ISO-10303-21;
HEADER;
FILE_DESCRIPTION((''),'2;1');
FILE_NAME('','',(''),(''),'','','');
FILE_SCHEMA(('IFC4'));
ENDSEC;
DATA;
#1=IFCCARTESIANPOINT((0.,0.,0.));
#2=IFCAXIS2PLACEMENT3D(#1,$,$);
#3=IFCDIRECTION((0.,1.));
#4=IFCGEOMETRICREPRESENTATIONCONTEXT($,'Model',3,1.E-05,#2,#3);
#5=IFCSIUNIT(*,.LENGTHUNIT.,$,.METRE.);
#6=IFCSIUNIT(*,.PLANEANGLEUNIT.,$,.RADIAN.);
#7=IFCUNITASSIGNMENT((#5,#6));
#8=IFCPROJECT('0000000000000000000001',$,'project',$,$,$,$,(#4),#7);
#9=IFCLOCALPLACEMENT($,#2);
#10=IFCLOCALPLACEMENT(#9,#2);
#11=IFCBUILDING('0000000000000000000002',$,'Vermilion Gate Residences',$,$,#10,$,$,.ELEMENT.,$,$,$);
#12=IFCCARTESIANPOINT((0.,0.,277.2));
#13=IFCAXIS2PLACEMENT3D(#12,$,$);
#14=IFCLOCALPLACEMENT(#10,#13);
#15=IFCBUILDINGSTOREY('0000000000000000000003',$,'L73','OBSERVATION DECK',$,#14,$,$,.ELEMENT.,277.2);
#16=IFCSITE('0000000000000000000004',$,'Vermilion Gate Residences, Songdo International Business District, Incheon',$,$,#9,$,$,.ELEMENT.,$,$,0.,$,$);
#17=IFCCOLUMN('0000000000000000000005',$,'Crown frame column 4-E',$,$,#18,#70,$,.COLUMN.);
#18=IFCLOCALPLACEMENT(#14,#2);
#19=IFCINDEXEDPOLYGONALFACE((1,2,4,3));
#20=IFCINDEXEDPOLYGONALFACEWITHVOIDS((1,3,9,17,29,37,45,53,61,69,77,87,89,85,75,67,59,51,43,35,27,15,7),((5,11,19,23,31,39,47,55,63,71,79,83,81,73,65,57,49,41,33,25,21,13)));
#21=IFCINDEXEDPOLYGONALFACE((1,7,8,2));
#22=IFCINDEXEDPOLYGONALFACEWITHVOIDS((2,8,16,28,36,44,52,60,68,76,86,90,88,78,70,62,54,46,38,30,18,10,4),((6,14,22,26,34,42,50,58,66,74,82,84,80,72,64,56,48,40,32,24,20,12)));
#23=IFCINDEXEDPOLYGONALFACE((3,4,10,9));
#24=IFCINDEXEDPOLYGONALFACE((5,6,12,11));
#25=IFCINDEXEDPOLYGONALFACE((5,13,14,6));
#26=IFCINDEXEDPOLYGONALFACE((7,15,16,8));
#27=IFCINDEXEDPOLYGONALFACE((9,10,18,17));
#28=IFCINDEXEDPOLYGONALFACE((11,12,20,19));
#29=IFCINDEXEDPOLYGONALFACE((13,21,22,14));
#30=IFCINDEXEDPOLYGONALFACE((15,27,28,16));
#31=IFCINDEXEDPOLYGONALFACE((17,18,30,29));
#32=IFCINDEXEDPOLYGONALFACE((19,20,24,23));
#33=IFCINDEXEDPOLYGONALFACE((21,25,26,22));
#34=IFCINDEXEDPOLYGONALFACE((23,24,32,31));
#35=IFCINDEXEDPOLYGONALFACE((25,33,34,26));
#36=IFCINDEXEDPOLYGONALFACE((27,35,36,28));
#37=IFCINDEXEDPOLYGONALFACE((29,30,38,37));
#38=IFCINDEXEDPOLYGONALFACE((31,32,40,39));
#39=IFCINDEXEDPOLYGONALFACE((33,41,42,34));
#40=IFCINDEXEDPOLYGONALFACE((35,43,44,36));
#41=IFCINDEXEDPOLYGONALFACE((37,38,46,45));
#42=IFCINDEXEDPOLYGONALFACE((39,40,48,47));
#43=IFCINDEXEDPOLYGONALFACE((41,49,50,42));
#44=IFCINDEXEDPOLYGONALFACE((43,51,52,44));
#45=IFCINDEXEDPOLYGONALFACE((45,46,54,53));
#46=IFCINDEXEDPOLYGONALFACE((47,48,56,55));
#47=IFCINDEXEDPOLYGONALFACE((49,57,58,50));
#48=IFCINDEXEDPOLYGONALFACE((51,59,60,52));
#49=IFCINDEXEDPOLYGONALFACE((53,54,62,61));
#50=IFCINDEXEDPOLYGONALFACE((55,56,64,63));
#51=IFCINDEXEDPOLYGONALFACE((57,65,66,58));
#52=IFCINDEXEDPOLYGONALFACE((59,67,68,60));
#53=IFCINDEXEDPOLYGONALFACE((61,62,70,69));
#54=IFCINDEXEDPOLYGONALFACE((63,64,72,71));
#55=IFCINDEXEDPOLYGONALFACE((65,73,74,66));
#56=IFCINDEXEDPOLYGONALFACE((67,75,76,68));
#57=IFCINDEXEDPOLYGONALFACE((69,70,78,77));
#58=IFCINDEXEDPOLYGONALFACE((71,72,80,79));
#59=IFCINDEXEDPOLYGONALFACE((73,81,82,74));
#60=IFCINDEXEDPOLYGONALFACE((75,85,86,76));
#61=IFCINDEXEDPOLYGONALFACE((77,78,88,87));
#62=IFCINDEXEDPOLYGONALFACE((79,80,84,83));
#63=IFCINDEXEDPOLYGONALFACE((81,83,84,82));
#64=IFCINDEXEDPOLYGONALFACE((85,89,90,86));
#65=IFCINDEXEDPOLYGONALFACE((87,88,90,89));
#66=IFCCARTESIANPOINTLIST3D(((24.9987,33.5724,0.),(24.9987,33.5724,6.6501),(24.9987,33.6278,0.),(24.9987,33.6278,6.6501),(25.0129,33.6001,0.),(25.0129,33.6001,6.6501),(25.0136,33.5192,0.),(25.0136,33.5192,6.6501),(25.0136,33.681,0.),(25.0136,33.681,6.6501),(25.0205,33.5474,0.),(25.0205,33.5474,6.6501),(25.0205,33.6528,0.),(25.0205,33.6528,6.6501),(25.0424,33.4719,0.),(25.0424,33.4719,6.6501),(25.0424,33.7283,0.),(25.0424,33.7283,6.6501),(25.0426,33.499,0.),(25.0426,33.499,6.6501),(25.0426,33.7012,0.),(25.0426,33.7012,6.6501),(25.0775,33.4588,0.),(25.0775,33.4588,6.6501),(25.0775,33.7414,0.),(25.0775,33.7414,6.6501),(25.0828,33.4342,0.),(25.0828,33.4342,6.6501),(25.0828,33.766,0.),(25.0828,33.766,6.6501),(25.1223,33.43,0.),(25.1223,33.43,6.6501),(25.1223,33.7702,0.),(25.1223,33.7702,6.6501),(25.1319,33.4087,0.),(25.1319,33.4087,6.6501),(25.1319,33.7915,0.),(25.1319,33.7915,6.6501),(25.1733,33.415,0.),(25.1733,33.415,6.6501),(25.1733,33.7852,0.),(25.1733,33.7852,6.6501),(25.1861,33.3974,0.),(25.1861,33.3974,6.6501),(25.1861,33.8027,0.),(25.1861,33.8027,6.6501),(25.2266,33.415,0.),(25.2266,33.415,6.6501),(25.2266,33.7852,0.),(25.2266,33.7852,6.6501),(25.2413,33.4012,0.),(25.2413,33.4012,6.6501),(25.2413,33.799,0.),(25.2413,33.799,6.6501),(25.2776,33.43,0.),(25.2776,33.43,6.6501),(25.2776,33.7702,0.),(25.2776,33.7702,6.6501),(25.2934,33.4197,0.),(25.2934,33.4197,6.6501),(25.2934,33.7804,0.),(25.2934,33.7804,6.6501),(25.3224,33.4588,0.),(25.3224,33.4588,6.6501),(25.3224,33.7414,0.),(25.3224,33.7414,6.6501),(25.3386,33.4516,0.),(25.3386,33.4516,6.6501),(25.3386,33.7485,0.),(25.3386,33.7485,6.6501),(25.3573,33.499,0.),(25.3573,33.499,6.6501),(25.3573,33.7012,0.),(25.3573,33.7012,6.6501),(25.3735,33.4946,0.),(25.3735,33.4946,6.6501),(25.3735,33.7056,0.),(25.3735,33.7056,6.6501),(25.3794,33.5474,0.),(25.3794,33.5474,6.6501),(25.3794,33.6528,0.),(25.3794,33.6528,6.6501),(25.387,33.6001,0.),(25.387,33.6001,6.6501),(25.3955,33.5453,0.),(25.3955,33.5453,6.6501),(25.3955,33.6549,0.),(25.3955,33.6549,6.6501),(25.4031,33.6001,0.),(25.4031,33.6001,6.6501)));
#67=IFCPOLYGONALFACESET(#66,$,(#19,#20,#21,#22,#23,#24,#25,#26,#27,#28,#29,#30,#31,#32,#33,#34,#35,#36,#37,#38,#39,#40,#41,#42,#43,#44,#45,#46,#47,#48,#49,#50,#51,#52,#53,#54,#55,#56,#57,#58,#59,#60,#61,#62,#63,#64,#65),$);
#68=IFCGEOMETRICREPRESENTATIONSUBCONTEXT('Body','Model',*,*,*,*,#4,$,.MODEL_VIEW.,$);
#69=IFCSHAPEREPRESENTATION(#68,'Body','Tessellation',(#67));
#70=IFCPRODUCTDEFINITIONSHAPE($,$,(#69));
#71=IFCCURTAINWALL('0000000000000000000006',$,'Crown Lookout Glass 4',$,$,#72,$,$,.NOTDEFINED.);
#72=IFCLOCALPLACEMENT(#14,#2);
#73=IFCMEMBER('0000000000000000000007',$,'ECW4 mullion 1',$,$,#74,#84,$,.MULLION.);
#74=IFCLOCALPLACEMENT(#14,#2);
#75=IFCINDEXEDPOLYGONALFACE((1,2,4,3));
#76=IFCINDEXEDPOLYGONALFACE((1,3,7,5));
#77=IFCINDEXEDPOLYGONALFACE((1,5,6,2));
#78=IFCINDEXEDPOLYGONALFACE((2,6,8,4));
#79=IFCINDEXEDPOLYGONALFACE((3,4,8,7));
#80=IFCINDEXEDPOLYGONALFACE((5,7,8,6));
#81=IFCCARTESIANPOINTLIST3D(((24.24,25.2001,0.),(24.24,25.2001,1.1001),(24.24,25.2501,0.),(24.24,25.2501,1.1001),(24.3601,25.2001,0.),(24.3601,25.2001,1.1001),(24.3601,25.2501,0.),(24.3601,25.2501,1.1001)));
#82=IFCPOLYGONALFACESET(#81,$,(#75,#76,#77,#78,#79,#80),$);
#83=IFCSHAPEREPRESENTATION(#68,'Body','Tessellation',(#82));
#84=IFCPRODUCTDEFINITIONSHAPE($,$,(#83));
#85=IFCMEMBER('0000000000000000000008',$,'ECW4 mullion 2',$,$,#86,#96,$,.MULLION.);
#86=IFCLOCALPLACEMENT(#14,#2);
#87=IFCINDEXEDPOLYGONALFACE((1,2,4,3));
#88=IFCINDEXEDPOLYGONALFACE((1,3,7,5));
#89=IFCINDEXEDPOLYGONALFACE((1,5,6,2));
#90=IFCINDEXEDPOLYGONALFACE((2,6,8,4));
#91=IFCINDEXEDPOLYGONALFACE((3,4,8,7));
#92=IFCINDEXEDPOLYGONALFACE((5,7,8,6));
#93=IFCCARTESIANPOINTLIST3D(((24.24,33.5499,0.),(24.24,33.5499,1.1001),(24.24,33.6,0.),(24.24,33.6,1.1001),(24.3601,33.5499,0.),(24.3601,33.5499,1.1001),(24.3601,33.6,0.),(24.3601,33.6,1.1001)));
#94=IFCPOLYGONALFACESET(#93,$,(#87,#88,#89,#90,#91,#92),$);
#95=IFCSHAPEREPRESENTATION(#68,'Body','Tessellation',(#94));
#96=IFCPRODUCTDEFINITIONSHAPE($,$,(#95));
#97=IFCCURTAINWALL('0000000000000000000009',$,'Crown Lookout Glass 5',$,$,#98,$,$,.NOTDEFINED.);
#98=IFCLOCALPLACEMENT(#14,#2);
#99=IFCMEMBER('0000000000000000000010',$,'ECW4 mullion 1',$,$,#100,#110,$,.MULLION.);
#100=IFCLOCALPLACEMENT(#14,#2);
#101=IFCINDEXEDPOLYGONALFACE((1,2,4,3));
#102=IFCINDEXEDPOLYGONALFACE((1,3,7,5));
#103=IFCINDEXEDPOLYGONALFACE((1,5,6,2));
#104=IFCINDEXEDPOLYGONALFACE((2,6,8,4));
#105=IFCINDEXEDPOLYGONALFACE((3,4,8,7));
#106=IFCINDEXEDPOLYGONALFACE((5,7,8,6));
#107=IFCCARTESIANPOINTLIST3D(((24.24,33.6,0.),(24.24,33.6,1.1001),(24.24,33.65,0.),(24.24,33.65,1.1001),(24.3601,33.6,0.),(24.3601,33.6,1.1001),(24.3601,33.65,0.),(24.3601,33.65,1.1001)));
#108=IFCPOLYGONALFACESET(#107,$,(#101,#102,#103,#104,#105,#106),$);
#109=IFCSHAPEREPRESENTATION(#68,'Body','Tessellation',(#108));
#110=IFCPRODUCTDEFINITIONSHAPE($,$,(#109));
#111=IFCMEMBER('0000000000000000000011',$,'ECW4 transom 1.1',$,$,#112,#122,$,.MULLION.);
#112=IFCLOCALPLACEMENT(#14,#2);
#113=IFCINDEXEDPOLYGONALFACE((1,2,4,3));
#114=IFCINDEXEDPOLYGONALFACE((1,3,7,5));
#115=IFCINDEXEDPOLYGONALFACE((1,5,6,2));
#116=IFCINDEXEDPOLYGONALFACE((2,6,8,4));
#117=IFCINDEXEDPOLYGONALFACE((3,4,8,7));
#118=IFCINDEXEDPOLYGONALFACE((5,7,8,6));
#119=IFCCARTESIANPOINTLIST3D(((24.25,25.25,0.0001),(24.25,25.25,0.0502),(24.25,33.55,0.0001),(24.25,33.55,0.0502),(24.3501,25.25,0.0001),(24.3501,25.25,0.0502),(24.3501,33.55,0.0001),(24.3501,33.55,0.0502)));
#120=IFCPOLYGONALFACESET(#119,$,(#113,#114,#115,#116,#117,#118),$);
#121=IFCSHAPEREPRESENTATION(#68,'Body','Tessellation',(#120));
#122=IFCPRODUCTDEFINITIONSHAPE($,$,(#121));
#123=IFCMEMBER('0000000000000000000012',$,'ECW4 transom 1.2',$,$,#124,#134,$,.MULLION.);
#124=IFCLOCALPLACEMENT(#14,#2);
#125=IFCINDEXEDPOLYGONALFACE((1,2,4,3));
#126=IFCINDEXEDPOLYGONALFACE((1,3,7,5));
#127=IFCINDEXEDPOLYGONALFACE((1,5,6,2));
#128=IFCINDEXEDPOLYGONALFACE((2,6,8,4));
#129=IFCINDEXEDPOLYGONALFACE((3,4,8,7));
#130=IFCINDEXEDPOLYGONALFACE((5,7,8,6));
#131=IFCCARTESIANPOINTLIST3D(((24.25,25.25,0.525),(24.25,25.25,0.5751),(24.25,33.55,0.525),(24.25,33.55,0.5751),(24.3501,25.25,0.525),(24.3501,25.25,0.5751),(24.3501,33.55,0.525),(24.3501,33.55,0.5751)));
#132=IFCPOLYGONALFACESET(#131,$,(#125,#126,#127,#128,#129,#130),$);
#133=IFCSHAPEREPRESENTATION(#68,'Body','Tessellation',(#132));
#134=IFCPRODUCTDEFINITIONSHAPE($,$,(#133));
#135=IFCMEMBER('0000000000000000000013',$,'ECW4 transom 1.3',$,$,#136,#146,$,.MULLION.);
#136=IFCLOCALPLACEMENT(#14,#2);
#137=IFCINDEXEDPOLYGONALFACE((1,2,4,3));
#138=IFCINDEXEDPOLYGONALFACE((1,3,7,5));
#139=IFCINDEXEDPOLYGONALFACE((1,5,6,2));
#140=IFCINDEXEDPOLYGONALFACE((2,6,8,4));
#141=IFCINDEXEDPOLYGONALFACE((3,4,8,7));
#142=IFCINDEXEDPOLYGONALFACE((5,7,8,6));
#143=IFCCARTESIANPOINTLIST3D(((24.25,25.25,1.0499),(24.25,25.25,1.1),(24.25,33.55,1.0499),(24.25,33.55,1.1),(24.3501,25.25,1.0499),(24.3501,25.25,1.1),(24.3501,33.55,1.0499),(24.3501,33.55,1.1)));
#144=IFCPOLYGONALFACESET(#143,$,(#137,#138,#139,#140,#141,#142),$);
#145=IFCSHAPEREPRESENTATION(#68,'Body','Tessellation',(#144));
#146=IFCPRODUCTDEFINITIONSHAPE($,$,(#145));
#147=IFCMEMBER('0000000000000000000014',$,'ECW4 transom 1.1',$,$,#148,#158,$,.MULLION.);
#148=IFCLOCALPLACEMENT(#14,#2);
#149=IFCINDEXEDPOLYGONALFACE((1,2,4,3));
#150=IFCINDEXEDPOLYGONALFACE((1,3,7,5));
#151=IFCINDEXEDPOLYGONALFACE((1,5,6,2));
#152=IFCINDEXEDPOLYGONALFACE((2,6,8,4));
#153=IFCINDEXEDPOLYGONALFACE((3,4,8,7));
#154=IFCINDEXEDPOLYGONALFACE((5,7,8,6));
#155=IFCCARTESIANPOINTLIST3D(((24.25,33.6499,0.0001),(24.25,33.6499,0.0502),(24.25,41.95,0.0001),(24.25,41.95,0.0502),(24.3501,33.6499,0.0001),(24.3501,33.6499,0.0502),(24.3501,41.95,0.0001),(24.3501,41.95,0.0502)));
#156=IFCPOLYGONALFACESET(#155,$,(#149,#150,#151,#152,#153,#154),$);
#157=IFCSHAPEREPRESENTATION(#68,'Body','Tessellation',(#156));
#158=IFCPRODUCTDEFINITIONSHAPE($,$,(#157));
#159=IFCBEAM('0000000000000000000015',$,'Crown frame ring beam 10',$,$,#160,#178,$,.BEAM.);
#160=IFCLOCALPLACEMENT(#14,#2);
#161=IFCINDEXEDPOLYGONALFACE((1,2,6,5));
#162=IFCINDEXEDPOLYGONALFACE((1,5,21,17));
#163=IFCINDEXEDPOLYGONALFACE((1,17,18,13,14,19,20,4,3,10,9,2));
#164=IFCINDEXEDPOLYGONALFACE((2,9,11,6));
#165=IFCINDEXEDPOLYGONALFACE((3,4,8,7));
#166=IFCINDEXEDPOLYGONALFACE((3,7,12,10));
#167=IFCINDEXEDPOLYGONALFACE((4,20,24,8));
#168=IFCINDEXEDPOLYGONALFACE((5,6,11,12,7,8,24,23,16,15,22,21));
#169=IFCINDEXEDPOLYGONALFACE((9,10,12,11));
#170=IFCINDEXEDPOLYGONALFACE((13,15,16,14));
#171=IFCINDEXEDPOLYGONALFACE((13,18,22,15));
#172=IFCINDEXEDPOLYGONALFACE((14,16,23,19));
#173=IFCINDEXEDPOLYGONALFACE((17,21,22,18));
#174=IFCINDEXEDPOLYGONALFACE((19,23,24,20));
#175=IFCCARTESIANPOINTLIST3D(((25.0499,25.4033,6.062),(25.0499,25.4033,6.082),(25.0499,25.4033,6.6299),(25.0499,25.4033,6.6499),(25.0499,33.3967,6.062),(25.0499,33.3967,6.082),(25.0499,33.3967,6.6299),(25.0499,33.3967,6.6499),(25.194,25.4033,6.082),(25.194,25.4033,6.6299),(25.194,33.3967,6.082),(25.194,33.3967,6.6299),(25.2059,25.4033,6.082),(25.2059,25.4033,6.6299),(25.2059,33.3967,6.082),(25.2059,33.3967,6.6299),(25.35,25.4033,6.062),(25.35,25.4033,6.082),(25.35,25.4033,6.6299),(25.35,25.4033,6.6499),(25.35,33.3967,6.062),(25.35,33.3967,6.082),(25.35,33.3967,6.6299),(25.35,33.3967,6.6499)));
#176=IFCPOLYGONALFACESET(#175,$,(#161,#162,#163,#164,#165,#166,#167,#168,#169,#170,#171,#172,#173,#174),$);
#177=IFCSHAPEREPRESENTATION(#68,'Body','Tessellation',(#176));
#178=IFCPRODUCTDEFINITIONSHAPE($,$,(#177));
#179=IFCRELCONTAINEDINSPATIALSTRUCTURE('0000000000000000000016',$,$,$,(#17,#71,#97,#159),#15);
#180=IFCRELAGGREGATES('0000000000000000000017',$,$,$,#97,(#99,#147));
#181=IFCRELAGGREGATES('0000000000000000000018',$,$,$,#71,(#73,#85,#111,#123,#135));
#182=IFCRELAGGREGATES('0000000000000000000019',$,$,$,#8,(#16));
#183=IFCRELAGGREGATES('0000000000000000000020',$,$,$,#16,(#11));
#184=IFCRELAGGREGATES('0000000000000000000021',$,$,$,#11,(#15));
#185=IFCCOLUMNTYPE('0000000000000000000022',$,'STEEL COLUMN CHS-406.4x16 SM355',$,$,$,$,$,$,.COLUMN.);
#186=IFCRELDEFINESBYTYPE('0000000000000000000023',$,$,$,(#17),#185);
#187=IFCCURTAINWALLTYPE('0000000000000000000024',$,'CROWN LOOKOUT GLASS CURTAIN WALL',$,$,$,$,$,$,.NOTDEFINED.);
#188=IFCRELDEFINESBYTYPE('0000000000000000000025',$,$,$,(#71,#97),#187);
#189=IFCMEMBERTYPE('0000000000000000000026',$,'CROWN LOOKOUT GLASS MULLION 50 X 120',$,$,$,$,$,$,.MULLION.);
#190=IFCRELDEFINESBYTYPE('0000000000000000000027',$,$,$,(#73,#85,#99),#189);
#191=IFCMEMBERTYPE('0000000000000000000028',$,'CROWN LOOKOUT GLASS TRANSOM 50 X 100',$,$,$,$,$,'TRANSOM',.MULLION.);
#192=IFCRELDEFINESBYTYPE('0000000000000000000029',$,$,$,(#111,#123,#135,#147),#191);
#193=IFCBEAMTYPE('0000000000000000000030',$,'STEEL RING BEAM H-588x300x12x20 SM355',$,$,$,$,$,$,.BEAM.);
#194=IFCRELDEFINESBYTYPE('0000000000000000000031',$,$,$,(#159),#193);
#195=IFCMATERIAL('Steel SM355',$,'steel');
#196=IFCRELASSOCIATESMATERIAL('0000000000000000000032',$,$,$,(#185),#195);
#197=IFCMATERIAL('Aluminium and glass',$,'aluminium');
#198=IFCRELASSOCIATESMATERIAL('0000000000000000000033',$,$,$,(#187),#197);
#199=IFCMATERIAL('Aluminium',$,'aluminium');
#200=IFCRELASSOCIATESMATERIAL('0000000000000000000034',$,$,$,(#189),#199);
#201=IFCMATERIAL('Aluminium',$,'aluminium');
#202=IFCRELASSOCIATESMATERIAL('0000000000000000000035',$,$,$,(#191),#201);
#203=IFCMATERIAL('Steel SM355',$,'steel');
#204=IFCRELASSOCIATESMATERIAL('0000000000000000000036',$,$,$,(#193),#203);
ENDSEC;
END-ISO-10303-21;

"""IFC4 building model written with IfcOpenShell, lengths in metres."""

from ifc_helpers import new_model, si_unit, direction, frame, origin, origin_2d, place, context, subcontext, project, spatial, rectangle, hollow_circle, i_section, extrude, material, material_profile, profile_set, type_object, element, aggregate, save


model = new_model("IFC4")

# Units and contexts
model_context = context("Model", 3, precision=1e-05, world=origin(), true_north=direction((0.0, 1.0)))
body_context = subcontext(model_context, "Body", "Model", "MODEL_VIEW")
ifc_project = project(units=[si_unit("LENGTHUNIT", "METRE"), si_unit("PLANEANGLEUNIT", "RADIAN")], contexts=[model_context])

# Site, building, storey
site_placement = place(None, origin())
site = spatial("IfcSite", under=ifc_project, at=site_placement, Name="Vermilion Gate Residences, Songdo International Business District, Incheon", CompositionType="ELEMENT", RefElevation=0.0)
building_placement = place(site_placement, origin())
building = spatial("IfcBuilding", under=site, at=building_placement, Name="Vermilion Gate Residences", CompositionType="ELEMENT")
storey_placement = place(building_placement, frame((0.0, 0.0, 277.2)))
storey = spatial("IfcBuildingStorey", under=building, at=storey_placement, Name="L73", Description="OBSERVATION DECK", CompositionType="ELEMENT", Elevation=277.2)

# Column
ifc_material_1 = material(Name="Steel SM355", Category="steel")
ifc_material_profile_1 = material_profile(ifc_material_1, hollow_circle(Radius=0.2031, WallThickness=0.0161, at=origin_2d()), Name="CHS-406.4x16")
ifc_profile_set_1 = profile_set([ifc_material_profile_1], Name="Steel SM355")
column_type = type_object("IfcColumnType", Name="STEEL COLUMN CHS-406.4x16 SM355", PredefinedType="COLUMN", material=ifc_profile_set_1)
column_placement = place(storey_placement, frame((25.2, 33.6001, 0.0), z_axis=(0.0, 0.0, 1.0), x_axis=(1.0, 0.0, 0.0)))
element("IfcColumn", 1, at=column_placement, inside=storey, type_object=column_type, Name="Crown frame column 4-E", PredefinedType="COLUMN", context=body_context, shape_type="SweptSolid", body=[
    extrude(hollow_circle(Radius=0.2031, WallThickness=0.0161, at=origin_2d()), origin(), (0.0, 0.0, 1.0), 6.6501),
])

# Curtain wall, members
ifc_material_2 = material(Name="Aluminium and glass", Category="aluminium")
curtain_wall_type = type_object("IfcCurtainWallType", Name="CROWN LOOKOUT GLASS CURTAIN WALL", PredefinedType="NOTDEFINED", material=ifc_material_2)
curtain_wall_1_placement = place(storey_placement, origin())
curtain_wall_1 = element("IfcCurtainWall", 2, at=curtain_wall_1_placement, inside=storey, type_object=curtain_wall_type, Name="Crown Lookout Glass 4", PredefinedType="NOTDEFINED")
ifc_material_3 = material(Name="Aluminium", Category="aluminium")
ifc_material_profile_2 = material_profile(ifc_material_3, rectangle(XDim=0.1201, YDim=0.05, at=origin_2d()), Name="MULLION 50 X 120")
ifc_profile_set_2 = profile_set([ifc_material_profile_2], Name="Aluminium")
member_type_1 = type_object("IfcMemberType", Name="CROWN LOOKOUT GLASS MULLION 50 X 120", PredefinedType="MULLION", material=ifc_profile_set_2)
member_1_placement = place(storey_placement, frame((24.3, 25.2251, 0.0), z_axis=(0.0, 0.0, 1.0), x_axis=(-1.0, 0.0, 0.0)))
member_1 = element("IfcMember", 3, at=member_1_placement, type_object=member_type_1, Name="ECW4 mullion 1", PredefinedType="MULLION", context=body_context, shape_type="SweptSolid", body=[
    extrude(rectangle(XDim=0.1201, YDim=0.05, at=origin_2d()), origin(), (0.0, 0.0, 1.0), 1.1001),
])
member_2_placement = place(storey_placement, frame((24.3, 33.575, 0.0), z_axis=(0.0, 0.0, 1.0), x_axis=(-1.0, 0.0, 0.0)))
member_2 = element("IfcMember", 4, at=member_2_placement, type_object=member_type_1, Name="ECW4 mullion 2", PredefinedType="MULLION", context=body_context, shape_type="SweptSolid", body=[
    extrude(rectangle(XDim=0.1201, YDim=0.05, at=origin_2d()), origin(), (0.0, 0.0, 1.0), 1.1001),
])

# Curtain wall, member
curtain_wall_2_placement = place(storey_placement, origin())
curtain_wall_2 = element("IfcCurtainWall", 5, at=curtain_wall_2_placement, inside=storey, type_object=curtain_wall_type, Name="Crown Lookout Glass 5", PredefinedType="NOTDEFINED")
member_3_placement = place(storey_placement, frame((24.3, 33.625, 0.0), z_axis=(0.0, 0.0, 1.0), x_axis=(-1.0, 0.0, 0.0)))
member_3 = element("IfcMember", 6, at=member_3_placement, type_object=member_type_1, Name="ECW4 mullion 1", PredefinedType="MULLION", context=body_context, shape_type="SweptSolid", body=[
    extrude(rectangle(XDim=0.1201, YDim=0.05, at=origin_2d()), origin(), (0.0, 0.0, 1.0), 1.1001),
])

# Members
ifc_material_4 = material(Name="Aluminium", Category="aluminium")
ifc_material_profile_3 = material_profile(ifc_material_4, rectangle(XDim=0.1001, YDim=0.05, at=origin_2d()), Name="TRANSOM 50 X 100")
ifc_profile_set_3 = profile_set([ifc_material_profile_3], Name="Aluminium")
member_type_2 = type_object("IfcMemberType", Name="CROWN LOOKOUT GLASS TRANSOM 50 X 100", ElementType="TRANSOM", PredefinedType="MULLION", material=ifc_profile_set_3)
member_4_placement = place(storey_placement, frame((24.3, 25.25, 0.0251), z_axis=(0.0, 1.0, 0.0), x_axis=(-1.0, 0.0, 0.0)))
member_4 = element("IfcMember", 7, at=member_4_placement, type_object=member_type_2, Name="ECW4 transom 1.1", PredefinedType="MULLION", context=body_context, shape_type="SweptSolid", body=[
    extrude(rectangle(XDim=0.1001, YDim=0.05, at=origin_2d()), origin(), (0.0, 0.0, 1.0), 8.3),
])
member_5_placement = place(storey_placement, frame((24.3, 25.25, 0.55), z_axis=(0.0, 1.0, 0.0), x_axis=(-1.0, 0.0, 0.0)))
member_5 = element("IfcMember", 8, at=member_5_placement, type_object=member_type_2, Name="ECW4 transom 1.2", PredefinedType="MULLION", context=body_context, shape_type="SweptSolid", body=[
    extrude(rectangle(XDim=0.1001, YDim=0.05, at=origin_2d()), origin(), (0.0, 0.0, 1.0), 8.3),
])
member_6_placement = place(storey_placement, frame((24.3, 25.25, 1.075), z_axis=(0.0, 1.0, 0.0), x_axis=(-1.0, 0.0, 0.0)))
member_6 = element("IfcMember", 9, at=member_6_placement, type_object=member_type_2, Name="ECW4 transom 1.3", PredefinedType="MULLION", context=body_context, shape_type="SweptSolid", body=[
    extrude(rectangle(XDim=0.1001, YDim=0.05, at=origin_2d()), origin(), (0.0, 0.0, 1.0), 8.3),
])
member_7_placement = place(storey_placement, frame((24.3, 33.6499, 0.0251), z_axis=(0.0, 1.0, 0.0), x_axis=(-1.0, 0.0, 0.0)))
member_7 = element("IfcMember", 10, at=member_7_placement, type_object=member_type_2, Name="ECW4 transom 1.1", PredefinedType="MULLION", context=body_context, shape_type="SweptSolid", body=[
    extrude(rectangle(XDim=0.1001, YDim=0.05, at=origin_2d()), origin(), (0.0, 0.0, 1.0), 8.3),
])
aggregate(curtain_wall_2, [member_3, member_7])

# Beam
ifc_material_5 = material(Name="Steel SM355", Category="steel")
ifc_material_profile_4 = material_profile(ifc_material_5, i_section(OverallWidth=0.3, OverallDepth=0.5879, WebThickness=0.012, FlangeThickness=0.02, at=origin_2d()), Name="H-588x300x12x20")
ifc_profile_set_4 = profile_set([ifc_material_profile_4], Name="Steel SM355")
beam_type = type_object("IfcBeamType", Name="STEEL RING BEAM H-588x300x12x20 SM355", PredefinedType="BEAM", material=ifc_profile_set_4)
beam_1_placement = place(storey_placement, frame((25.2, 25.4033, 6.356), z_axis=(0.0, 1.0, 0.0), x_axis=(-1.0, 0.0, 0.0)))
element("IfcBeam", 11, at=beam_1_placement, inside=storey, type_object=beam_type, Name="Crown frame ring beam 10", PredefinedType="BEAM", context=body_context, shape_type="SweptSolid", body=[
    extrude(i_section(OverallWidth=0.3, OverallDepth=0.5879, WebThickness=0.012, FlangeThickness=0.02, at=origin_2d()), origin(), (0.0, 0.0, 1.0), 7.9934),
])

aggregate(curtain_wall_1, [member_1, member_2, member_4, member_5, member_6])

save(model, "model.ifc")
